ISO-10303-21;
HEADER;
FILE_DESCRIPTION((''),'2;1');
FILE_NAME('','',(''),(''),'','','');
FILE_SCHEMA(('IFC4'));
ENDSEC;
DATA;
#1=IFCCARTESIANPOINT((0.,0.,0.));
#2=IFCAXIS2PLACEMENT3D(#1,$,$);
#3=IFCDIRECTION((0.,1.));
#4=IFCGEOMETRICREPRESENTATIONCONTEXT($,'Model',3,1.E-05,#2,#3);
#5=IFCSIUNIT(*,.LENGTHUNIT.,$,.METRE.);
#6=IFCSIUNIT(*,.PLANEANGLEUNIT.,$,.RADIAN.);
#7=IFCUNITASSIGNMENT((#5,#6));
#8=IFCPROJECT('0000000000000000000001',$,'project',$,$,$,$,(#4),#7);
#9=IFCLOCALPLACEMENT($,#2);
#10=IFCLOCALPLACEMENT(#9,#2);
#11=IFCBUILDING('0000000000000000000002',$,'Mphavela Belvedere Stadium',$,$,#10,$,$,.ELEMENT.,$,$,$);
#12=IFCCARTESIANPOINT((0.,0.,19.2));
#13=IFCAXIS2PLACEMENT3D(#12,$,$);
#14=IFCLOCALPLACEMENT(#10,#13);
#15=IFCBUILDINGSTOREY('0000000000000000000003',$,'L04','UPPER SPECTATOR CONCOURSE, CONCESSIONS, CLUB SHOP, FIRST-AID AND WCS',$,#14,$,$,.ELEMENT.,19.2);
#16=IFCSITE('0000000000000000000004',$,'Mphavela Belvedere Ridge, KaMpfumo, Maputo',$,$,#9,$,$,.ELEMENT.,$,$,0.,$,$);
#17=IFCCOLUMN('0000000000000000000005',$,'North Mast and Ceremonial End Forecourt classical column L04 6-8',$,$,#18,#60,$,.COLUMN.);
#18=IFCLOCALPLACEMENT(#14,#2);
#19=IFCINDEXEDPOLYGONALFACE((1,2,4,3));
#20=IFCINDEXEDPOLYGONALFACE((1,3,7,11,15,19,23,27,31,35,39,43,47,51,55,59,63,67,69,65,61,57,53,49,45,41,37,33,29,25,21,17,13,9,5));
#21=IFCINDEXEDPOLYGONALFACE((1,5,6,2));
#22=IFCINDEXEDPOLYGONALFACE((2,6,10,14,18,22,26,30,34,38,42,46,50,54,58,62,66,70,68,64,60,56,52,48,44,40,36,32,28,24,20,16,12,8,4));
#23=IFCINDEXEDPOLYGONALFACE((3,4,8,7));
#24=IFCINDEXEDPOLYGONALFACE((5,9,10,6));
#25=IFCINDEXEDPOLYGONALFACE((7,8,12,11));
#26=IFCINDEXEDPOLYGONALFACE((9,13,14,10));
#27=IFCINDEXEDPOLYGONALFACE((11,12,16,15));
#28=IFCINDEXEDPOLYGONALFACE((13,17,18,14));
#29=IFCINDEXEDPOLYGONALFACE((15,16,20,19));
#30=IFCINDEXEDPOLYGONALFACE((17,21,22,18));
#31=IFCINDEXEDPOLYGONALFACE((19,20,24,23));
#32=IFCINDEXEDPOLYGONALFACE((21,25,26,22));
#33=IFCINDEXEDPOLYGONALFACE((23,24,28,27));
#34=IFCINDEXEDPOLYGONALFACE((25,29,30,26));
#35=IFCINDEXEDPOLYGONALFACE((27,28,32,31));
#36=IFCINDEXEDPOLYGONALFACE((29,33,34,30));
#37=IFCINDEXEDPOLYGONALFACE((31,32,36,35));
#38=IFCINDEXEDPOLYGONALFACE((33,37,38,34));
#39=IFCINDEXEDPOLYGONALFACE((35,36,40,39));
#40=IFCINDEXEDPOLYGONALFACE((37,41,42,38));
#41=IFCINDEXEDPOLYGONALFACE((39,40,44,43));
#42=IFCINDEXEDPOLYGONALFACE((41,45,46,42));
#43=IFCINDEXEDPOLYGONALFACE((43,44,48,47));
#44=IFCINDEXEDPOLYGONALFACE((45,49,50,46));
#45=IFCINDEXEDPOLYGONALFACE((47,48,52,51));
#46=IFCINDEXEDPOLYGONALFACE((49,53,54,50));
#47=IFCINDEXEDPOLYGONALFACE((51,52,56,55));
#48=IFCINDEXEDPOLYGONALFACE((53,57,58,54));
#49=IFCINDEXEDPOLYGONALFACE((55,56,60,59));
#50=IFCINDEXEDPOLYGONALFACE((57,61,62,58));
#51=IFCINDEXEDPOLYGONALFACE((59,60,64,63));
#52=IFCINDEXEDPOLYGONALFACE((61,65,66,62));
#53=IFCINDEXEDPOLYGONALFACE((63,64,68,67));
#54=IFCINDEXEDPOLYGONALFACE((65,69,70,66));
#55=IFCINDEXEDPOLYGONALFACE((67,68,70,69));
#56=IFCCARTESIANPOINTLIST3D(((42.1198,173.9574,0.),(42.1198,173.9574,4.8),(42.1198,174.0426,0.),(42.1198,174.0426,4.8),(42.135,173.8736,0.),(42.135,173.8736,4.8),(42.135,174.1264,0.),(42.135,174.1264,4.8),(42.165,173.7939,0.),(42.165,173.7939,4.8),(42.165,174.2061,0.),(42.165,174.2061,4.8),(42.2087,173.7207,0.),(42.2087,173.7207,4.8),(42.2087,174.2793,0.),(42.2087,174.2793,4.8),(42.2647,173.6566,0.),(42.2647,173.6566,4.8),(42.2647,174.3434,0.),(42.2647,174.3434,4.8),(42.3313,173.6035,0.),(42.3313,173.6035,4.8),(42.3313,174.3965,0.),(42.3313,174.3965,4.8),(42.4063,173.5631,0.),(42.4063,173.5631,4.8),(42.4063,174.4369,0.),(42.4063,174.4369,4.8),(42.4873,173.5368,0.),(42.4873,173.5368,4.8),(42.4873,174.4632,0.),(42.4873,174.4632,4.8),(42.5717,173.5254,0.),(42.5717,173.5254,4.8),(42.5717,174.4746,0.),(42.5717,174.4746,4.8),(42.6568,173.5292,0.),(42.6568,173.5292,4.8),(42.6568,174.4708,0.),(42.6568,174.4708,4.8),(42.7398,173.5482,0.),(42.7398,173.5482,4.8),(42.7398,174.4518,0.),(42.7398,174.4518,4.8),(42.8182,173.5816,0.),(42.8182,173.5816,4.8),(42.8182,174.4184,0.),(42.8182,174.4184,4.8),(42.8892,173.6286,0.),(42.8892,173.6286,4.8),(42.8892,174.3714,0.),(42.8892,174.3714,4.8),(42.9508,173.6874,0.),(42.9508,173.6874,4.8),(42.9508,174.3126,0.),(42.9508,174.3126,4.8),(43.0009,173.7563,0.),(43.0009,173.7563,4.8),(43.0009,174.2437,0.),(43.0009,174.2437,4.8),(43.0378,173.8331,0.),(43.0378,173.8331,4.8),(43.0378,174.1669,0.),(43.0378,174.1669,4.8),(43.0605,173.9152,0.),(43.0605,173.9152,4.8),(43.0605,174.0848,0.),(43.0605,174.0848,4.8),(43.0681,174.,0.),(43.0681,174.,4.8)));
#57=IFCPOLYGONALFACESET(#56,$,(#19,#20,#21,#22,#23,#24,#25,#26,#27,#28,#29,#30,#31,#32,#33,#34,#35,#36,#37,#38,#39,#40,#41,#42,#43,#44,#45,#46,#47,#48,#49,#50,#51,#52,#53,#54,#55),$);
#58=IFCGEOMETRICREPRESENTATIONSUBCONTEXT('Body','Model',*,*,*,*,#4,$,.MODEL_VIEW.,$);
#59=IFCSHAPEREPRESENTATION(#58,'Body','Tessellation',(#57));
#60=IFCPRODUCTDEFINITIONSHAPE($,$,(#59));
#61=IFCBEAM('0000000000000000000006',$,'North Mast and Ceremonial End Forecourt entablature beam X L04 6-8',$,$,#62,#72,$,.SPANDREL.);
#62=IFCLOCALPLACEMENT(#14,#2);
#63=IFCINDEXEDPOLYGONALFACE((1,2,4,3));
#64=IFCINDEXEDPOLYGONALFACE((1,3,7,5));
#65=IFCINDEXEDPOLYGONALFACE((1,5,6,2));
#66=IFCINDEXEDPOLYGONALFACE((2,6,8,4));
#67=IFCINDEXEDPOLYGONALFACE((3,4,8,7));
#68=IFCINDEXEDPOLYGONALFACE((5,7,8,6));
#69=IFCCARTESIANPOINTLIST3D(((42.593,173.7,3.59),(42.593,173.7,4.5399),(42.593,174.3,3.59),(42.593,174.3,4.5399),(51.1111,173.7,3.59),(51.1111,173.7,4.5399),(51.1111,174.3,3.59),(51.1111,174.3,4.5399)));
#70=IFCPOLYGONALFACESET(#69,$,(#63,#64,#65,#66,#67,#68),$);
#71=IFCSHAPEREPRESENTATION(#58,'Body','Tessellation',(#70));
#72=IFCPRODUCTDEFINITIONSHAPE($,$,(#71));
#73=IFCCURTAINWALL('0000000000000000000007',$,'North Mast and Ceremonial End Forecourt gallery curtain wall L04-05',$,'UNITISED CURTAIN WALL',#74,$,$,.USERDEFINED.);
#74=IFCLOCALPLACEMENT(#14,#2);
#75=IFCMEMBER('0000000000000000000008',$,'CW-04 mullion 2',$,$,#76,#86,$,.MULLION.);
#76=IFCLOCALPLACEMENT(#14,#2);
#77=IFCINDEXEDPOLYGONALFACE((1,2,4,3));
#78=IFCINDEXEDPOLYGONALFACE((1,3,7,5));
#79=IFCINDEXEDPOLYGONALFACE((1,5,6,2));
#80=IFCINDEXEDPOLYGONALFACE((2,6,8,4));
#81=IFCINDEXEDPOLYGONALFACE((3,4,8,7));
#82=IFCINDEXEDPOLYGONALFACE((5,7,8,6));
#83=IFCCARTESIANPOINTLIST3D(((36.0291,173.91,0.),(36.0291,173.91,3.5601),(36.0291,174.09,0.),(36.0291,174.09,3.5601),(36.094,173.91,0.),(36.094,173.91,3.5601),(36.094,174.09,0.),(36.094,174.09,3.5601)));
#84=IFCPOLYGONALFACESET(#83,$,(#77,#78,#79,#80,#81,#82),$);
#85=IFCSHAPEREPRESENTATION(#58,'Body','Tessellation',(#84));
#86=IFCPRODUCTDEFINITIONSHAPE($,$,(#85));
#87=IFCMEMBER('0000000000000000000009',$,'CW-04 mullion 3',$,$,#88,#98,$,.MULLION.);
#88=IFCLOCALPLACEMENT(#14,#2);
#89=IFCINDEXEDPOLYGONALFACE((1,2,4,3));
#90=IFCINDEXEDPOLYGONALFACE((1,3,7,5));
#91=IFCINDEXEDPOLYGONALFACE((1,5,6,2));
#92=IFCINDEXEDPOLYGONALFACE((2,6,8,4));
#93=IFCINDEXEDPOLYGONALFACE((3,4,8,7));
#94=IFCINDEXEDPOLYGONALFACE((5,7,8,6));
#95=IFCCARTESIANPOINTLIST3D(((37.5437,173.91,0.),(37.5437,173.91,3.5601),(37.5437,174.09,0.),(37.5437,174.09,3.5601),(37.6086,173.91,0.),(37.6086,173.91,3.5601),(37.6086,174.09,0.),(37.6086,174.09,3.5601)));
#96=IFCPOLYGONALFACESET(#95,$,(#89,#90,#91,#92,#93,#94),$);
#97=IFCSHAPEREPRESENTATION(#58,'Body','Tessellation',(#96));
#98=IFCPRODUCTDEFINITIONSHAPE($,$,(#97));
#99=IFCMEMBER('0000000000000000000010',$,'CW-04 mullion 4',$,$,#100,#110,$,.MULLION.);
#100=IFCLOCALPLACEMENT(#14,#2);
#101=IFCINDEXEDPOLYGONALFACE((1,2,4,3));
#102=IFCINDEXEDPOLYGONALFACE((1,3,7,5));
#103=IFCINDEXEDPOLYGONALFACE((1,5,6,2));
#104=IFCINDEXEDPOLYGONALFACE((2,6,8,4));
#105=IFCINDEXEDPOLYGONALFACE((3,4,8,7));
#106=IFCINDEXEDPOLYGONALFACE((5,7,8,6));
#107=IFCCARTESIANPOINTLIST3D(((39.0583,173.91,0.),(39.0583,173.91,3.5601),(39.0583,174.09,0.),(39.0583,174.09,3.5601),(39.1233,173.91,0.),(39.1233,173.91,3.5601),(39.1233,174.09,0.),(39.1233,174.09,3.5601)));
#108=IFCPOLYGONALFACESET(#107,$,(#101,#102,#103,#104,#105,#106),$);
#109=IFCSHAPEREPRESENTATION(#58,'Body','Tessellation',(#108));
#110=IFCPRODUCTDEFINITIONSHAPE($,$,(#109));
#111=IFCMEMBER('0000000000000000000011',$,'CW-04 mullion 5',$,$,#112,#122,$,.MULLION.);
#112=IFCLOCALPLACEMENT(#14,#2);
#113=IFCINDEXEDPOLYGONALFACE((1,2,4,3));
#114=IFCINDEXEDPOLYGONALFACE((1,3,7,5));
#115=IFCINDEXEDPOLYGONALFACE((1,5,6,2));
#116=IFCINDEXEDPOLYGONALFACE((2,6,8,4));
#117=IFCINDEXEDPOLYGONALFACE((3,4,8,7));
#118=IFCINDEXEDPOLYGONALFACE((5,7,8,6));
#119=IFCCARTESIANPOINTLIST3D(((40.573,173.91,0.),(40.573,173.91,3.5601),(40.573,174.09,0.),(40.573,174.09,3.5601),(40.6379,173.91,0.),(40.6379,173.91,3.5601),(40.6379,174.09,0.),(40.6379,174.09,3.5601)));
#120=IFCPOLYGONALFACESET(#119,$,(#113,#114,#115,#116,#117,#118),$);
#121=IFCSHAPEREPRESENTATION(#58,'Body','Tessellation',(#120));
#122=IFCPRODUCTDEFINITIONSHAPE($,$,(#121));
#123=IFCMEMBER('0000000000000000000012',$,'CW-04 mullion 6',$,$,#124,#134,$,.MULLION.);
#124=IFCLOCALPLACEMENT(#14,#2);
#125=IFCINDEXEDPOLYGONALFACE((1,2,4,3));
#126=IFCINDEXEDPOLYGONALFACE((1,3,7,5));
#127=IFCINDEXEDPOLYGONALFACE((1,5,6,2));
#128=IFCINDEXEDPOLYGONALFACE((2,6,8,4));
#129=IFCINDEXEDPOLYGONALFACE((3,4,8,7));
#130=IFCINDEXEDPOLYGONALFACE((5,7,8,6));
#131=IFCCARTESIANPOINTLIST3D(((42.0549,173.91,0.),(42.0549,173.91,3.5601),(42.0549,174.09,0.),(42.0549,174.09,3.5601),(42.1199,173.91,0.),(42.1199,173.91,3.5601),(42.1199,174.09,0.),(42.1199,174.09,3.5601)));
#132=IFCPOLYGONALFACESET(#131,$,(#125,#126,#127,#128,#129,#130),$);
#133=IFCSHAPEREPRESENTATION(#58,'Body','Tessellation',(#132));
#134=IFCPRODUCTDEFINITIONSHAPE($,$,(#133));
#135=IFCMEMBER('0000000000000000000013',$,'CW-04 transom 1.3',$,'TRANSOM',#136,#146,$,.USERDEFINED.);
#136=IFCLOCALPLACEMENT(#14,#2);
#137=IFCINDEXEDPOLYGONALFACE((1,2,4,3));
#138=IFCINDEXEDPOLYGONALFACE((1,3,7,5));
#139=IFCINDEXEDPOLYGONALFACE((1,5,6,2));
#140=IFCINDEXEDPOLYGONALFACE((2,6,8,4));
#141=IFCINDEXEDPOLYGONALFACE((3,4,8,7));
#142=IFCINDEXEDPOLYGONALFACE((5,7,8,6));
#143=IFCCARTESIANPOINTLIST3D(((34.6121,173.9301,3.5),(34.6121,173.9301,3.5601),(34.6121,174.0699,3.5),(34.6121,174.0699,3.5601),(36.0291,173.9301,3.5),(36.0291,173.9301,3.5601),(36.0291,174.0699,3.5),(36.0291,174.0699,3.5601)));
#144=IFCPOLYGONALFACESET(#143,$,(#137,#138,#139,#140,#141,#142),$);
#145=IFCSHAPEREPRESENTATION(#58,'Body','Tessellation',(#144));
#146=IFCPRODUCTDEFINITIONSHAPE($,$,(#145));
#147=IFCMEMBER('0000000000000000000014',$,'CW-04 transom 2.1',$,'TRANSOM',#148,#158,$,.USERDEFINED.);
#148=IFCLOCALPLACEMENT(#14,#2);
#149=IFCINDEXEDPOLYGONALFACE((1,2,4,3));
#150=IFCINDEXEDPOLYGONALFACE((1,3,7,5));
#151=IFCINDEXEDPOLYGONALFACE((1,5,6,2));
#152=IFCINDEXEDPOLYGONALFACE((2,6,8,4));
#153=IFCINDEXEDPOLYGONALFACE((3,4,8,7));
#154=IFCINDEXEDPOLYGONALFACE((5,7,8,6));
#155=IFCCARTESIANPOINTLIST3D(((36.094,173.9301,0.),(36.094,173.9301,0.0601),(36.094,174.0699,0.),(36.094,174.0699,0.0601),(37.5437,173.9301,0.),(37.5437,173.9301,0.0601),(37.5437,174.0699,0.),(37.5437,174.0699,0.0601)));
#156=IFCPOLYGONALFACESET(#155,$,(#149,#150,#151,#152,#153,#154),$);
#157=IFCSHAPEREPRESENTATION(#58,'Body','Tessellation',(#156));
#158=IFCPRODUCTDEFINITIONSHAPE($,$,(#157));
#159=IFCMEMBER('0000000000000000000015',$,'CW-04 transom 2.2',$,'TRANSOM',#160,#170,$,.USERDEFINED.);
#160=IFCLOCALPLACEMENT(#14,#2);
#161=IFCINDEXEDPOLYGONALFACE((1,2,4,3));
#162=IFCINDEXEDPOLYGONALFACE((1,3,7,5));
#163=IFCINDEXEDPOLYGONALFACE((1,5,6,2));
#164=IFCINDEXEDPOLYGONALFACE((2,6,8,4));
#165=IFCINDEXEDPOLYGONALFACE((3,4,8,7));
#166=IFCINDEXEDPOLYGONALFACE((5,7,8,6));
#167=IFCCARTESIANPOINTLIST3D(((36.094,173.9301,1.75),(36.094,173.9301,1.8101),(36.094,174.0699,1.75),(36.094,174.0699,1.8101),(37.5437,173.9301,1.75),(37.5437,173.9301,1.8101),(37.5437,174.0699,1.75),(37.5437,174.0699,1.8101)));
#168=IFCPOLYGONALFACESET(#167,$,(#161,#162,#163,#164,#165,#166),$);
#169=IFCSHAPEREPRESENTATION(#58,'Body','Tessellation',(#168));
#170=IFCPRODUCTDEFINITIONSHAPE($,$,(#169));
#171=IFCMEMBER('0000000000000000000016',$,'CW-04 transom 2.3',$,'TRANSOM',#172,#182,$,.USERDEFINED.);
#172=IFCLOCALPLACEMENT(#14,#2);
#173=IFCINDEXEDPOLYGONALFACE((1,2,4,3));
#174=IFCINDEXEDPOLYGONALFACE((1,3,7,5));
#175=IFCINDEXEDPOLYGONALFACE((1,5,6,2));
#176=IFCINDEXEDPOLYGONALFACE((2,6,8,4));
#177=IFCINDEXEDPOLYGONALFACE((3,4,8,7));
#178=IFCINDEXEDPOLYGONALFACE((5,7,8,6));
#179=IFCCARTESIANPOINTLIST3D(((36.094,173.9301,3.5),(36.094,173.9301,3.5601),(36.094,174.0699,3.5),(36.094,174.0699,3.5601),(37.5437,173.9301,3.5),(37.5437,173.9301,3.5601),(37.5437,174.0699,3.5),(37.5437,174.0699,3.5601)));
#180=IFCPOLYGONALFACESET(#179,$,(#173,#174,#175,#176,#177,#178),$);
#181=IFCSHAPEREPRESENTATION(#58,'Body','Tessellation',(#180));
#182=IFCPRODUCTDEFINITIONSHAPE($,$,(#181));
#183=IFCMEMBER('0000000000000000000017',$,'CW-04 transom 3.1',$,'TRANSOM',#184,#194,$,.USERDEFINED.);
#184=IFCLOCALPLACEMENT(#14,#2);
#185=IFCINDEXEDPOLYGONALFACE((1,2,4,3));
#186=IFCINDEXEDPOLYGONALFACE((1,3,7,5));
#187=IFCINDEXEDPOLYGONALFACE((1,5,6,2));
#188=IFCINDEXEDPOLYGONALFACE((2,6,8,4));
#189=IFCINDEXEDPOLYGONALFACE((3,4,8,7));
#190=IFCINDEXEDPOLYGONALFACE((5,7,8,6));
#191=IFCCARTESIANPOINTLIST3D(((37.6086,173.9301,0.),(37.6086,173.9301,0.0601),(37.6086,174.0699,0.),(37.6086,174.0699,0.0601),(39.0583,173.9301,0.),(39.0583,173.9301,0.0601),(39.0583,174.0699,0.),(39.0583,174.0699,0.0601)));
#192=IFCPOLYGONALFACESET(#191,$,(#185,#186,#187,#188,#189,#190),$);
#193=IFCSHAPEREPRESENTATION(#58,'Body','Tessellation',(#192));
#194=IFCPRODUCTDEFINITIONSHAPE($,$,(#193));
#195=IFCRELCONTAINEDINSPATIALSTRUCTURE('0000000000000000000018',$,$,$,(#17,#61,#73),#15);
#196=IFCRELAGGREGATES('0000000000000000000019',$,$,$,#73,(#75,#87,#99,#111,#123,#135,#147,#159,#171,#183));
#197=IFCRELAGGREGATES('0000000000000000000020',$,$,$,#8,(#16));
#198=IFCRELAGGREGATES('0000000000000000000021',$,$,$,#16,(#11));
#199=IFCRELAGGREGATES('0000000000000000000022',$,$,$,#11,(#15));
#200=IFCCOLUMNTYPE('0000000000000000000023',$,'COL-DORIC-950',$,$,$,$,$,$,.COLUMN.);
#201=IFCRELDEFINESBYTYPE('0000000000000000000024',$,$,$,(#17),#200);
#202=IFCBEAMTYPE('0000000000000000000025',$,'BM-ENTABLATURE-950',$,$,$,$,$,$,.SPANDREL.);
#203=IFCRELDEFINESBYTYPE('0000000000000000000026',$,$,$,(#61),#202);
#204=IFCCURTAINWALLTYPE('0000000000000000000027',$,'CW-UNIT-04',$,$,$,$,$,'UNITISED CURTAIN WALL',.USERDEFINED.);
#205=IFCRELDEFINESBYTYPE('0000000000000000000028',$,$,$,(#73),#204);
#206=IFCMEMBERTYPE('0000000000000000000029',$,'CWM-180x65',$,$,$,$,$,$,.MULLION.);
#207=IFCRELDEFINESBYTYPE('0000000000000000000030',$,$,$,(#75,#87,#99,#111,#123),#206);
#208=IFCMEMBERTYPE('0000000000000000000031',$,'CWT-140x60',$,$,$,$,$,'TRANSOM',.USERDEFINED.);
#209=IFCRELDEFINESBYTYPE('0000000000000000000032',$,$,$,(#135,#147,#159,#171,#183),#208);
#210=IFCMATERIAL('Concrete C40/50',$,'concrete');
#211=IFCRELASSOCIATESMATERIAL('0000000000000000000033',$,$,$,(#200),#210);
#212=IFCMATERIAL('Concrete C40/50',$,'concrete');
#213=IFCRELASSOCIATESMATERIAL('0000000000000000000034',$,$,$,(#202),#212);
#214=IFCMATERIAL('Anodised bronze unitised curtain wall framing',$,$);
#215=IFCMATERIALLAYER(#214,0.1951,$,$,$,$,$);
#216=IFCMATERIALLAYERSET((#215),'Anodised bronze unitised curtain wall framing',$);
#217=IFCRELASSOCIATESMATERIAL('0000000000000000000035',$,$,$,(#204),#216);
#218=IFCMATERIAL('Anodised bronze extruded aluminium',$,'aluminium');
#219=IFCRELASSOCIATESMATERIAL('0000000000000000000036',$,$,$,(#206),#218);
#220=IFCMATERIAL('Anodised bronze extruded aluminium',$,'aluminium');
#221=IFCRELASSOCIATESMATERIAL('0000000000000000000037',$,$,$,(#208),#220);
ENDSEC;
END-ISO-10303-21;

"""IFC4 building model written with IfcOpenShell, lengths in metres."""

from ifc_helpers import new_model, si_unit, direction, frame, origin, origin_2d, place, context, subcontext, project, spatial, rectangle, circle, extrude, material, layer, layer_set, material_profile, profile_set, type_object, element, aggregate, save


model = new_model("IFC4")

# Units and contexts
model_context = context("Model", 3, precision=1e-05, world=origin(), true_north=direction((0.0, 1.0)))
body_context = subcontext(model_context, "Body", "Model", "MODEL_VIEW")
ifc_project = project(units=[si_unit("LENGTHUNIT", "METRE"), si_unit("PLANEANGLEUNIT", "RADIAN")], contexts=[model_context])

# Site, building, storey
site_placement = place(None, origin())
site = spatial("IfcSite", under=ifc_project, at=site_placement, Name="Mphavela Belvedere Ridge, KaMpfumo, Maputo", CompositionType="ELEMENT", RefElevation=0.0)
building_placement = place(site_placement, origin())
building = spatial("IfcBuilding", under=site, at=building_placement, Name="Mphavela Belvedere Stadium", CompositionType="ELEMENT")
storey_placement = place(building_placement, frame((0.0, 0.0, 19.2)))
storey = spatial("IfcBuildingStorey", under=building, at=storey_placement, Name="L04", Description="UPPER SPECTATOR CONCOURSE, CONCESSIONS, CLUB SHOP, FIRST-AID AND WCS", CompositionType="ELEMENT", Elevation=19.2)

# Column
ifc_material_1 = material(Name="Concrete C40/50", Category="concrete")
ifc_material_profile_1 = material_profile(ifc_material_1, circle(Radius=0.4751, at=origin_2d()), Name="COL D950")
ifc_profile_set_1 = profile_set([ifc_material_profile_1], Name="Concrete C40/50")
column_type = type_object("IfcColumnType", Name="COL-DORIC-950", PredefinedType="COLUMN", material=ifc_profile_set_1)
column_placement = place(storey_placement, frame((42.593, 174.0, 0.0), z_axis=(0.0, 0.0, 1.0), x_axis=(1.0, 0.0, 0.0)))
element("IfcColumn", 1, at=column_placement, inside=storey, type_object=column_type, Name="North Mast and Ceremonial End Forecourt classical column L04 6-8", PredefinedType="COLUMN", context=body_context, shape_type="SweptSolid", body=[
    extrude(circle(Radius=0.4751, at=origin_2d()), origin(), (0.0, 0.0, 1.0), 4.8),
])

# Beam
ifc_material_2 = material(Name="Concrete C40/50", Category="concrete")
ifc_material_profile_2 = material_profile(ifc_material_2, rectangle(XDim=0.6001, YDim=0.95, at=origin_2d()), Name="RC 600x950")
ifc_profile_set_2 = profile_set([ifc_material_profile_2], Name="Concrete C40/50")
beam_type = type_object("IfcBeamType", Name="BM-ENTABLATURE-950", PredefinedType="SPANDREL", material=ifc_profile_set_2)
beam_placement = place(storey_placement, frame((42.593, 174.0, 4.0649), z_axis=(1.0, 0.0, 0.0), x_axis=(0.0, 1.0, 0.0)))
element("IfcBeam", 2, at=beam_placement, inside=storey, type_object=beam_type, Name="North Mast and Ceremonial End Forecourt entablature beam X L04 6-8", PredefinedType="SPANDREL", context=body_context, shape_type="SweptSolid", body=[
    extrude(rectangle(XDim=0.6001, YDim=0.95, at=origin_2d()), origin(), (0.0, 0.0, 1.0), 8.5181),
])

# Curtain wall, members
ifc_material_3 = material(Name="Anodised bronze unitised curtain wall framing")
ifc_layer_1 = layer(ifc_material_3, 0.1951)
ifc_layer_set_1 = layer_set([ifc_layer_1], Name="Anodised bronze unitised curtain wall framing")
curtain_wall_type = type_object("IfcCurtainWallType", Name="CW-UNIT-04", ElementType="UNITISED CURTAIN WALL", PredefinedType="USERDEFINED", material=ifc_layer_set_1)
curtain_wall_placement = place(storey_placement, origin())
curtain_wall = element("IfcCurtainWall", 3, at=curtain_wall_placement, inside=storey, type_object=curtain_wall_type, Name="North Mast and Ceremonial End Forecourt gallery curtain wall L04-05", ObjectType="UNITISED CURTAIN WALL", PredefinedType="USERDEFINED")
ifc_material_4 = material(Name="Anodised bronze extruded aluminium", Category="aluminium")
ifc_material_profile_3 = material_profile(ifc_material_4, rectangle(XDim=0.1799, YDim=0.0649, at=origin_2d()), Name="CW-MUL 180x65")
ifc_profile_set_3 = profile_set([ifc_material_profile_3], Name="Anodised bronze extruded aluminium")
member_type_1 = type_object("IfcMemberType", Name="CWM-180x65", PredefinedType="MULLION", material=ifc_profile_set_3)
member_1_placement = place(storey_placement, frame((36.0615, 174.0, 0.0), z_axis=(0.0, 0.0, 1.0), x_axis=(0.0, 1.0, 0.0)))
member_1 = element("IfcMember", 4, at=member_1_placement, type_object=member_type_1, Name="CW-04 mullion 2", PredefinedType="MULLION", context=body_context, shape_type="SweptSolid", body=[
    extrude(rectangle(XDim=0.1799, YDim=0.0649, at=origin_2d()), origin(), (0.0, 0.0, 1.0), 3.5601),
])
member_2_placement = place(storey_placement, frame((37.5762, 174.0, 0.0), z_axis=(0.0, 0.0, 1.0), x_axis=(0.0, 1.0, 0.0)))
member_2 = element("IfcMember", 5, at=member_2_placement, type_object=member_type_1, Name="CW-04 mullion 3", PredefinedType="MULLION", context=body_context, shape_type="SweptSolid", body=[
    extrude(rectangle(XDim=0.1799, YDim=0.0649, at=origin_2d()), origin(), (0.0, 0.0, 1.0), 3.5601),
])
member_3_placement = place(storey_placement, frame((39.0908, 174.0, 0.0), z_axis=(0.0, 0.0, 1.0), x_axis=(0.0, 1.0, 0.0)))
member_3 = element("IfcMember", 6, at=member_3_placement, type_object=member_type_1, Name="CW-04 mullion 4", PredefinedType="MULLION", context=body_context, shape_type="SweptSolid", body=[
    extrude(rectangle(XDim=0.1799, YDim=0.0649, at=origin_2d()), origin(), (0.0, 0.0, 1.0), 3.5601),
])
member_4_placement = place(storey_placement, frame((40.6055, 174.0, 0.0), z_axis=(0.0, 0.0, 1.0), x_axis=(0.0, 1.0, 0.0)))
member_4 = element("IfcMember", 7, at=member_4_placement, type_object=member_type_1, Name="CW-04 mullion 5", PredefinedType="MULLION", context=body_context, shape_type="SweptSolid", body=[
    extrude(rectangle(XDim=0.1799, YDim=0.0649, at=origin_2d()), origin(), (0.0, 0.0, 1.0), 3.5601),
])
member_5_placement = place(storey_placement, frame((42.0874, 174.0, 0.0), z_axis=(0.0, 0.0, 1.0), x_axis=(0.0, 1.0, 0.0)))
member_5 = element("IfcMember", 8, at=member_5_placement, type_object=member_type_1, Name="CW-04 mullion 6", PredefinedType="MULLION", context=body_context, shape_type="SweptSolid", body=[
    extrude(rectangle(XDim=0.1799, YDim=0.0649, at=origin_2d()), origin(), (0.0, 0.0, 1.0), 3.5601),
])
ifc_material_5 = material(Name="Anodised bronze extruded aluminium", Category="aluminium")
ifc_material_profile_4 = material_profile(ifc_material_5, rectangle(XDim=0.1399, YDim=0.0601, at=origin_2d()), Name="CW-TRN 140x60")
ifc_profile_set_4 = profile_set([ifc_material_profile_4], Name="Anodised bronze extruded aluminium")
member_type_2 = type_object("IfcMemberType", Name="CWT-140x60", ElementType="TRANSOM", PredefinedType="USERDEFINED", material=ifc_profile_set_4)
member_6_placement = place(storey_placement, frame((34.6121, 174.0, 3.53), z_axis=(1.0, 0.0, 0.0), x_axis=(0.0, 1.0, 0.0)))
member_6 = element("IfcMember", 9, at=member_6_placement, type_object=member_type_2, Name="CW-04 transom 1.3", ObjectType="TRANSOM", PredefinedType="USERDEFINED", context=body_context, shape_type="SweptSolid", body=[
    extrude(rectangle(XDim=0.1399, YDim=0.0601, at=origin_2d()), origin(), (0.0, 0.0, 1.0), 1.417),
])
member_7_placement = place(storey_placement, frame((36.094, 174.0, 0.03), z_axis=(1.0, 0.0, 0.0), x_axis=(0.0, 1.0, 0.0)))
member_7 = element("IfcMember", 10, at=member_7_placement, type_object=member_type_2, Name="CW-04 transom 2.1", ObjectType="TRANSOM", PredefinedType="USERDEFINED", context=body_context, shape_type="SweptSolid", body=[
    extrude(rectangle(XDim=0.1399, YDim=0.0601, at=origin_2d()), origin(), (0.0, 0.0, 1.0), 1.4497),
])
member_8_placement = place(storey_placement, frame((36.094, 174.0, 1.78), z_axis=(1.0, 0.0, 0.0), x_axis=(0.0, 1.0, 0.0)))
member_8 = element("IfcMember", 11, at=member_8_placement, type_object=member_type_2, Name="CW-04 transom 2.2", ObjectType="TRANSOM", PredefinedType="USERDEFINED", context=body_context, shape_type="SweptSolid", body=[
    extrude(rectangle(XDim=0.1399, YDim=0.0601, at=origin_2d()), origin(), (0.0, 0.0, 1.0), 1.4497),
])
member_9_placement = place(storey_placement, frame((36.094, 174.0, 3.53), z_axis=(1.0, 0.0, 0.0), x_axis=(0.0, 1.0, 0.0)))
member_9 = element("IfcMember", 12, at=member_9_placement, type_object=member_type_2, Name="CW-04 transom 2.3", ObjectType="TRANSOM", PredefinedType="USERDEFINED", context=body_context, shape_type="SweptSolid", body=[
    extrude(rectangle(XDim=0.1399, YDim=0.0601, at=origin_2d()), origin(), (0.0, 0.0, 1.0), 1.4497),
])
member_10_placement = place(storey_placement, frame((37.6086, 174.0, 0.03), z_axis=(1.0, 0.0, 0.0), x_axis=(0.0, 1.0, 0.0)))
member_10 = element("IfcMember", 13, at=member_10_placement, type_object=member_type_2, Name="CW-04 transom 3.1", ObjectType="TRANSOM", PredefinedType="USERDEFINED", context=body_context, shape_type="SweptSolid", body=[
    extrude(rectangle(XDim=0.1399, YDim=0.0601, at=origin_2d()), origin(), (0.0, 0.0, 1.0), 1.4497),
])
aggregate(curtain_wall, [member_1, member_2, member_3, member_4, member_5, member_6, member_7, member_8, member_9, member_10])

save(model, "model.ifc")
